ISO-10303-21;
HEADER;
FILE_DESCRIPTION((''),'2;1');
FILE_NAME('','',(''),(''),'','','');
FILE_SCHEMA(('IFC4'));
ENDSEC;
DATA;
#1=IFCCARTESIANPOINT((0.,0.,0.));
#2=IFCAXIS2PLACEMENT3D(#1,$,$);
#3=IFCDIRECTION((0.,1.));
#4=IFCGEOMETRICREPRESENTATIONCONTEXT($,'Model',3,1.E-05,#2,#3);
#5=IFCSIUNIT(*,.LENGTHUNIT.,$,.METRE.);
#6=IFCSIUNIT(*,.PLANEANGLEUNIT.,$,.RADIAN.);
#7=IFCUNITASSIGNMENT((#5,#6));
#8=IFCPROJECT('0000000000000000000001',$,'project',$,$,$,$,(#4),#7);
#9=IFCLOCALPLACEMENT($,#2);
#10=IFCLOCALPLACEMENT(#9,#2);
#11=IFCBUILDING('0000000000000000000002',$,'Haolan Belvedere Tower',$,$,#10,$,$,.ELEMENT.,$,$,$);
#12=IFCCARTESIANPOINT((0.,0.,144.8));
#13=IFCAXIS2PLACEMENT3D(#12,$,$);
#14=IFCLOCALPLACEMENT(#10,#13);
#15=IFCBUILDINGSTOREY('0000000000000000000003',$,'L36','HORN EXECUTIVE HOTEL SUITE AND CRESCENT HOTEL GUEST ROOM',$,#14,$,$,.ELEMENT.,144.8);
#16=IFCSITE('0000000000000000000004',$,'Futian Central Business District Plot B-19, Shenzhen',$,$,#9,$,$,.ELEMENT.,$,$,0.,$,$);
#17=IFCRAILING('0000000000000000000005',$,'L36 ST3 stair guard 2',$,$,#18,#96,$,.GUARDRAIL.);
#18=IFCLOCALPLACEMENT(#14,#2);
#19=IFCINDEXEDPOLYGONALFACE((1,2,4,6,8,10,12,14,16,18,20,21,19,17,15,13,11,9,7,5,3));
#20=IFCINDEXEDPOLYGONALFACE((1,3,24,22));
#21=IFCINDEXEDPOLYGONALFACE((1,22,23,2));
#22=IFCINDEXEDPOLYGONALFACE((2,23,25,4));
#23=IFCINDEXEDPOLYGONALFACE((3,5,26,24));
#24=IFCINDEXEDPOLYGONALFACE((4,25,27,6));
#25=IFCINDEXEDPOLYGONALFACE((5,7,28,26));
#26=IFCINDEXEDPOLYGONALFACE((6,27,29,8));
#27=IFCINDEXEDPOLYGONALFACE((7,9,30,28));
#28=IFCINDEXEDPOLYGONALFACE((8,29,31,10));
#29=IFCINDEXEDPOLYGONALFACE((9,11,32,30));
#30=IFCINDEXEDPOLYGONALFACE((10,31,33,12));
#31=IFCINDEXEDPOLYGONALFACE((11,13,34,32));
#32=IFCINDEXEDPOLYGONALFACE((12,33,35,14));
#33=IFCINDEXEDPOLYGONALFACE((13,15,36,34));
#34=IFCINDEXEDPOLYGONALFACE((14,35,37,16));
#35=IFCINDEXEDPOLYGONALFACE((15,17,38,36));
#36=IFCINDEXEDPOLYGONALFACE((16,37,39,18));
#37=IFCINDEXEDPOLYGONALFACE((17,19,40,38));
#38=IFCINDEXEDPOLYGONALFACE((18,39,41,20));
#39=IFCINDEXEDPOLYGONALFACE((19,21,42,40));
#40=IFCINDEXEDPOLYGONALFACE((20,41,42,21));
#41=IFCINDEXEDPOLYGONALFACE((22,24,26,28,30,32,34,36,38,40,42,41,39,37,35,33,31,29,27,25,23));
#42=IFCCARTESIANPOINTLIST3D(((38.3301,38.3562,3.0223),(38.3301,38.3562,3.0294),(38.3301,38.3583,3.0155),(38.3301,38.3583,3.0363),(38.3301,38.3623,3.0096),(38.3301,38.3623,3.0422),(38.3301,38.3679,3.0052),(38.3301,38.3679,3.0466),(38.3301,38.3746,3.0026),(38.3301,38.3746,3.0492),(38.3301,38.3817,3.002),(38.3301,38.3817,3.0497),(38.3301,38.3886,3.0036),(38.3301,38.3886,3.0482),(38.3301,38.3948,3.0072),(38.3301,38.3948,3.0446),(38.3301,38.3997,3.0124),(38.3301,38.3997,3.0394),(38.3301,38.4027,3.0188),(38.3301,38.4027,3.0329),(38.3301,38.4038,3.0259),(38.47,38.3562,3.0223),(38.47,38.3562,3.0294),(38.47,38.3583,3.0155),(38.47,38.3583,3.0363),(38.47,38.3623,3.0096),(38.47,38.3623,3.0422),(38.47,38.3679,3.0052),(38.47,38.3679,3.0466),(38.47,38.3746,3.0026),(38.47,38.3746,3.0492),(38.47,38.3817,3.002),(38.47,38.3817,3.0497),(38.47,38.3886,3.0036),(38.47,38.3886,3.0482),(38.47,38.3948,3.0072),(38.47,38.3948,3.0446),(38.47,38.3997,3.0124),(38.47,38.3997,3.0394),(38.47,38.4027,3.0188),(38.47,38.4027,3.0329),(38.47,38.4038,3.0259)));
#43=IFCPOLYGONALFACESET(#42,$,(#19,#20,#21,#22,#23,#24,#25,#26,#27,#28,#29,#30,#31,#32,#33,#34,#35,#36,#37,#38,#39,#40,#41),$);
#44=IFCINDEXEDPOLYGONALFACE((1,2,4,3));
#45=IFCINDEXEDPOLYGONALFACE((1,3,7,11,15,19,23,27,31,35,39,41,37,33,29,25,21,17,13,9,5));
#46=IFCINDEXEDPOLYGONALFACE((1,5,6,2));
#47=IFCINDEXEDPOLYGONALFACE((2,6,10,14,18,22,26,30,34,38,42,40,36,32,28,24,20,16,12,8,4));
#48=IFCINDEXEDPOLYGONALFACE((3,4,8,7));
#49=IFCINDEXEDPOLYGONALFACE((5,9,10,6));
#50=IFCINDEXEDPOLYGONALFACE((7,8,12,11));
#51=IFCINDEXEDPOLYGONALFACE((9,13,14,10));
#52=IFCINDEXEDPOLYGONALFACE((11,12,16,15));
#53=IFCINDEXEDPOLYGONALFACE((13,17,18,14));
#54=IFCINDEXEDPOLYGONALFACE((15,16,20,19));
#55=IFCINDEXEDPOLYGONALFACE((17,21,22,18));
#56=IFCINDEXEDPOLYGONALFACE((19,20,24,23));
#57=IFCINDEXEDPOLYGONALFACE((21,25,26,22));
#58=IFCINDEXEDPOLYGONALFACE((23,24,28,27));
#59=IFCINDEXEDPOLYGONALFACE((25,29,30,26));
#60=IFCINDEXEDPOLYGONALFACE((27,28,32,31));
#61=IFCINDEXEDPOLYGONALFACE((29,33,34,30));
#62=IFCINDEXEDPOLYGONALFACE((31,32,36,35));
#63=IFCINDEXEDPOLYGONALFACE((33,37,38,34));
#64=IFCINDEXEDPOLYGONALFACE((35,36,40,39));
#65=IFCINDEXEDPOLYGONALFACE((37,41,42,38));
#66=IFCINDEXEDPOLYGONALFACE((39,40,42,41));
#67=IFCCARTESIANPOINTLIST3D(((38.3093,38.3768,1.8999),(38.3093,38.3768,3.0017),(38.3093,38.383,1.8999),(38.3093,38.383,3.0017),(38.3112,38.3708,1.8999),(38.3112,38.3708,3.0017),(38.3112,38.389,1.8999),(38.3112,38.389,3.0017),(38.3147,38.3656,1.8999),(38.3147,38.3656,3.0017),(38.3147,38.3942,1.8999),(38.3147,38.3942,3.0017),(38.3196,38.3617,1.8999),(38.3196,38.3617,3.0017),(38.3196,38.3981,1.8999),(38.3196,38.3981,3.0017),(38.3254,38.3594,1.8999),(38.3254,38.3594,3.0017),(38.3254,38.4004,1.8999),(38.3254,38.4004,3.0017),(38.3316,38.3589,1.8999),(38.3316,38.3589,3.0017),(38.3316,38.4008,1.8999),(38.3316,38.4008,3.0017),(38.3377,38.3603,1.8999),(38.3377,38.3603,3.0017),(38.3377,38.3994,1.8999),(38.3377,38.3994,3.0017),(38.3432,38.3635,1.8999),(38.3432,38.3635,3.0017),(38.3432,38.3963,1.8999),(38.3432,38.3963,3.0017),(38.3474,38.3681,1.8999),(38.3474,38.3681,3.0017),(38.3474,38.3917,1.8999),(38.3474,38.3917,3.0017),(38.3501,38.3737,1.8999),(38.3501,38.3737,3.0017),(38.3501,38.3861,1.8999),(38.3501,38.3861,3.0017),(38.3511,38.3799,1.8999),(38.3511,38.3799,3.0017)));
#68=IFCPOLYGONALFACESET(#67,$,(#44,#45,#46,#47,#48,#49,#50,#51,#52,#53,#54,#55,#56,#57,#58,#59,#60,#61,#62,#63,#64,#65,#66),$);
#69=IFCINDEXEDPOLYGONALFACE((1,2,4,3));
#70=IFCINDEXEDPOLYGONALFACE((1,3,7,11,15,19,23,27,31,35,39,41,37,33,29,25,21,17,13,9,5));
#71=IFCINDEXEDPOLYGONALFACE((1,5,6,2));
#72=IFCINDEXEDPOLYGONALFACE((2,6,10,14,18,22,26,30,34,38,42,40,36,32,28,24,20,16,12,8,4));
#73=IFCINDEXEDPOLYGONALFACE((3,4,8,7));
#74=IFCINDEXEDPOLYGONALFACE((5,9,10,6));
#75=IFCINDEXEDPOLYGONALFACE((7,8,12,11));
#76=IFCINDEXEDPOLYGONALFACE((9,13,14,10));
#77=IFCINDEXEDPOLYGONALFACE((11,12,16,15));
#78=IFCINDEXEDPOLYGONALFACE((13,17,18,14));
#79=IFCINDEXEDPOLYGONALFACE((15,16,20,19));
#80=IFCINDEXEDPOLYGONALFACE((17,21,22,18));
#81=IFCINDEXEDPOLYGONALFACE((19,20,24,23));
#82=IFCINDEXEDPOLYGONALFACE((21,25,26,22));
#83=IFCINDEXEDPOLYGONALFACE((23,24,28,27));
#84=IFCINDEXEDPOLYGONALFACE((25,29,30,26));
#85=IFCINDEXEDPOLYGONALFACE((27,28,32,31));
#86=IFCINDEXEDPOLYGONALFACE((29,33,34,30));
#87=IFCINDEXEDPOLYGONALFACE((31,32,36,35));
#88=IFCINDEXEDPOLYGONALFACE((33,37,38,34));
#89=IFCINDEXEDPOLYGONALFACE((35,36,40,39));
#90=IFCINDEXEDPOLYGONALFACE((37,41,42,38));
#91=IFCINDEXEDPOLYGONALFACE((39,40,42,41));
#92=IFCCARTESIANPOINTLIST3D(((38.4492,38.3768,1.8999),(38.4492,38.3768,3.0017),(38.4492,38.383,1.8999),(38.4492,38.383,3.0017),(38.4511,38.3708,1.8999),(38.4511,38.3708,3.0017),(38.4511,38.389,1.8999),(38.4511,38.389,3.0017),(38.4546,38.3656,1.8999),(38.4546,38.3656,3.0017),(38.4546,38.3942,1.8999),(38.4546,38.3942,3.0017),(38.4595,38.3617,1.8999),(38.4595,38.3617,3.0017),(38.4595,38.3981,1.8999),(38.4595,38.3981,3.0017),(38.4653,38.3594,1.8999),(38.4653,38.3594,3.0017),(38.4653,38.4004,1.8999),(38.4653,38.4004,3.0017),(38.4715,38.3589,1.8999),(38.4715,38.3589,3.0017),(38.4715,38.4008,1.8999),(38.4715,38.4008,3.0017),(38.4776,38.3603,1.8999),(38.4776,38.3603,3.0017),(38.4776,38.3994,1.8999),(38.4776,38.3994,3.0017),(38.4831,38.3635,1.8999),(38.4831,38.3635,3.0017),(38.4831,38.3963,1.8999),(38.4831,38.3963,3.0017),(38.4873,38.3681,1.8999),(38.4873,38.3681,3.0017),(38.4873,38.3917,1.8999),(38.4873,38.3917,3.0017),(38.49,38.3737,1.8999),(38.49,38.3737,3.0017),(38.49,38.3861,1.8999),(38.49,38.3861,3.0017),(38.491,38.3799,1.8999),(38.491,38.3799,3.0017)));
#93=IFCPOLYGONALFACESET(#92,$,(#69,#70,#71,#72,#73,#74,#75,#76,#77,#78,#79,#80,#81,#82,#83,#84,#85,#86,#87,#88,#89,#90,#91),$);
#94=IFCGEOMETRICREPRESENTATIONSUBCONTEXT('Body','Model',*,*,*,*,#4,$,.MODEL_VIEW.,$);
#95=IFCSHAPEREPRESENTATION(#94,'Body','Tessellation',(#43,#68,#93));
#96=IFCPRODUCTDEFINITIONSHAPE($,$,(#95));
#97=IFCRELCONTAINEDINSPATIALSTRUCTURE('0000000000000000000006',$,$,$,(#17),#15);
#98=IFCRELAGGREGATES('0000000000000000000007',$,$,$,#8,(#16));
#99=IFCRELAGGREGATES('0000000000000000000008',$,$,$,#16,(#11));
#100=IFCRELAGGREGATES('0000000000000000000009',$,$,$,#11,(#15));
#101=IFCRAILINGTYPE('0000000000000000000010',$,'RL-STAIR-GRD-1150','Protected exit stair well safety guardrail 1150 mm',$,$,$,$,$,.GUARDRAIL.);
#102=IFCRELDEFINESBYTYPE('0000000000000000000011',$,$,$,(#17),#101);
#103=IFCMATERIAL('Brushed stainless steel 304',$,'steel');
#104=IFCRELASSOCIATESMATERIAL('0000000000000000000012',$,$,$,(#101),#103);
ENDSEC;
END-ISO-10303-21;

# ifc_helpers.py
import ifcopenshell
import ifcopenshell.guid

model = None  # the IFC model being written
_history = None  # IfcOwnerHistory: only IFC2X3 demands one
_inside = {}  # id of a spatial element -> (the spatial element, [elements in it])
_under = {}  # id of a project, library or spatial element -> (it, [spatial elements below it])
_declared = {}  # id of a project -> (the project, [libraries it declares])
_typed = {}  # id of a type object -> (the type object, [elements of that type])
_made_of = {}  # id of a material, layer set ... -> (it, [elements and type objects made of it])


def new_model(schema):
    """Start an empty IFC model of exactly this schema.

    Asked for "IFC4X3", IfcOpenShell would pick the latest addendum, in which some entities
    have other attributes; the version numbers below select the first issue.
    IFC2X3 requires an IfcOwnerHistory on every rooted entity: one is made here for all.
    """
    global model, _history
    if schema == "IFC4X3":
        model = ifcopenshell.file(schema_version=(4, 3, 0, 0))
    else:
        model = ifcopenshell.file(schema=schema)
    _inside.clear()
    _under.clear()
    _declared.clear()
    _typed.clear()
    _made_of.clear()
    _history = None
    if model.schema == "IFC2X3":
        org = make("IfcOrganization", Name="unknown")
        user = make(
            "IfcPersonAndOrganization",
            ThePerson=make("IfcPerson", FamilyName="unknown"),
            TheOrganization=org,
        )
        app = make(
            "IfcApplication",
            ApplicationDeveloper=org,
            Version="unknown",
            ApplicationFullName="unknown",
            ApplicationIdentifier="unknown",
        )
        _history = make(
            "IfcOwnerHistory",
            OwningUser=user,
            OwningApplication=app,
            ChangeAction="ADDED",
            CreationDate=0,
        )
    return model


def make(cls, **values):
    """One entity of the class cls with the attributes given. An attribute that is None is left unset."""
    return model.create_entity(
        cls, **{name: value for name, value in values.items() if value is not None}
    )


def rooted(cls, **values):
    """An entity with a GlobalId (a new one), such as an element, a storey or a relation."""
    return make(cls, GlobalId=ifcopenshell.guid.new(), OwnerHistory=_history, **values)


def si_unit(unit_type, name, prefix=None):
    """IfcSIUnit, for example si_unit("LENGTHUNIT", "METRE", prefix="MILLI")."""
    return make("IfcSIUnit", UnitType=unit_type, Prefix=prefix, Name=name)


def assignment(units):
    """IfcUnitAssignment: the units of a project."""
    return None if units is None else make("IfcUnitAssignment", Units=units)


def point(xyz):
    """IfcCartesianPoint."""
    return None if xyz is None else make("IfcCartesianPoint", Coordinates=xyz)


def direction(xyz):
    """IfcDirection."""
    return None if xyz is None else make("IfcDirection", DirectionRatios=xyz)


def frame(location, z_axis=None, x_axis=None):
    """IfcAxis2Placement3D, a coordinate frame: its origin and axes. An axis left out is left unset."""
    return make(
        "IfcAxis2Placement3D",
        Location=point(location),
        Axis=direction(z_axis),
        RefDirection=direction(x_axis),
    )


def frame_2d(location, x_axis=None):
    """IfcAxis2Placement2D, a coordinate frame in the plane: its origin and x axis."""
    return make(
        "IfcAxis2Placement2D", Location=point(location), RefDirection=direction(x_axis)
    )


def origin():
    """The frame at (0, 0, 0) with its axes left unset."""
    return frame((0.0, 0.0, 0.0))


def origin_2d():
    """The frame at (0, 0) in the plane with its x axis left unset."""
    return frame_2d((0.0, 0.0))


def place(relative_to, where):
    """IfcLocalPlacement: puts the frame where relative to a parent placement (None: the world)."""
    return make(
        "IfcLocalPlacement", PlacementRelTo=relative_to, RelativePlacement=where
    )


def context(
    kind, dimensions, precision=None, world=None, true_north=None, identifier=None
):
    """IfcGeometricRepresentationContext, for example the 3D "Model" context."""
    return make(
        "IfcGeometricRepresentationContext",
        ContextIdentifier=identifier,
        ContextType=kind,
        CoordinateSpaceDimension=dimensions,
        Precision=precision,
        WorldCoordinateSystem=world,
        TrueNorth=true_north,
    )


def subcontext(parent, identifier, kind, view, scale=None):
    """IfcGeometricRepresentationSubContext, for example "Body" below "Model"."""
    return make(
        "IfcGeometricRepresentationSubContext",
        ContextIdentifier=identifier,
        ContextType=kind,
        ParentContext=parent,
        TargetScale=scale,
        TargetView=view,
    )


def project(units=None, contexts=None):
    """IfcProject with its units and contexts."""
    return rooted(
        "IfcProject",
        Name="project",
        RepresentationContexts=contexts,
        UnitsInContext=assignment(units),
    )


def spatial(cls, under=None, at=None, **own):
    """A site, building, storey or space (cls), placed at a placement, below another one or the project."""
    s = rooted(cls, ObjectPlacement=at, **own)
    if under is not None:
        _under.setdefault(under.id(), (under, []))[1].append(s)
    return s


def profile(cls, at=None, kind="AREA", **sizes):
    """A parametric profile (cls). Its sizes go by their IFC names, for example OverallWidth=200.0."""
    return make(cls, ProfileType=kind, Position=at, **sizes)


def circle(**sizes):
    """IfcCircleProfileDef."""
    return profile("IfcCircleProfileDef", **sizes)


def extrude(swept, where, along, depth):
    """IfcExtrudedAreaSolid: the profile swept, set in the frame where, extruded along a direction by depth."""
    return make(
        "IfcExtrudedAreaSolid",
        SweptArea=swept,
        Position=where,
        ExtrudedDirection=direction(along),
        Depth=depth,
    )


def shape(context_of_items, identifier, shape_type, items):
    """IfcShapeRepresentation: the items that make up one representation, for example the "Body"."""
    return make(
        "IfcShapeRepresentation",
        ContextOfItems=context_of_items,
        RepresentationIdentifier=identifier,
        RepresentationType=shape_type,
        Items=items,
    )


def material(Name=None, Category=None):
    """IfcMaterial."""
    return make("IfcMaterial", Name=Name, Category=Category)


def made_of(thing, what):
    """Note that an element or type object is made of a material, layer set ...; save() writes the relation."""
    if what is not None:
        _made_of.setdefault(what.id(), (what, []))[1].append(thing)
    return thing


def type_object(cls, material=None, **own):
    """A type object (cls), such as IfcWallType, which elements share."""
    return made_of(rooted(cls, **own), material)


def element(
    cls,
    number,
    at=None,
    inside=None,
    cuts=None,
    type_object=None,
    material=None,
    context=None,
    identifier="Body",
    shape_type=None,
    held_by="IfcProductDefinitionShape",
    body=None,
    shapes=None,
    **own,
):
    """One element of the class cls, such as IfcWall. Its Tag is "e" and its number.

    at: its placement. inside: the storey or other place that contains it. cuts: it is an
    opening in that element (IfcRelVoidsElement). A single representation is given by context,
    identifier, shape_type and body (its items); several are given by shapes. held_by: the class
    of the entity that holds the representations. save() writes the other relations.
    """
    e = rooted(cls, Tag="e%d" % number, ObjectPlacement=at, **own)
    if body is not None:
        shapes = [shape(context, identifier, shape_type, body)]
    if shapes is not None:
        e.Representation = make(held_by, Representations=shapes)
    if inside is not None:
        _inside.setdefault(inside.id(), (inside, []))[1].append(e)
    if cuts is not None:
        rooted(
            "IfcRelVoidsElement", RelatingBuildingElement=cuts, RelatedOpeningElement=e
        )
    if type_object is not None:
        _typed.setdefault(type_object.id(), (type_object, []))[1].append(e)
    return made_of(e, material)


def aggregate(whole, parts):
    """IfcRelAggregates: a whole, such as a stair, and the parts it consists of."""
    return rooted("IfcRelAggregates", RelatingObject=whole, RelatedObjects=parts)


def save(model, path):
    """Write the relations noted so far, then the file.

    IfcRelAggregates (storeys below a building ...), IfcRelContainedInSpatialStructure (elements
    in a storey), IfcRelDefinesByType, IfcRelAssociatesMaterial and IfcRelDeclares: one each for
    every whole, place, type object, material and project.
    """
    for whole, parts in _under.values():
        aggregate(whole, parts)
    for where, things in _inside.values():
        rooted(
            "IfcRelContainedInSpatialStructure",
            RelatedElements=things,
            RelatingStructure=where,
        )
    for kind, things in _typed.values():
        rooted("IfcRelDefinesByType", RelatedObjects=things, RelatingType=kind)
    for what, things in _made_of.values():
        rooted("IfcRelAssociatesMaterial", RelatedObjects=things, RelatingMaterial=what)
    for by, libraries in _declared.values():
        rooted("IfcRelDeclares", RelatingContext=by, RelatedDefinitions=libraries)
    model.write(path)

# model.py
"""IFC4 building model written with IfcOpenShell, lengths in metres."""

from ifc_helpers import new_model, si_unit, direction, frame, origin, origin_2d, place, context, subcontext, project, spatial, circle, extrude, material, type_object, element, save


model = new_model("IFC4")

# Units and contexts
model_context = context("Model", 3, precision=1e-05, world=origin(), true_north=direction((0.0, 1.0)))
body_context = subcontext(model_context, "Body", "Model", "MODEL_VIEW")
ifc_project = project(units=[si_unit("LENGTHUNIT", "METRE"), si_unit("PLANEANGLEUNIT", "RADIAN")], contexts=[model_context])

# Site, building, storey
site_placement = place(None, origin())
site = spatial("IfcSite", under=ifc_project, at=site_placement, Name="Futian Central Business District Plot B-19, Shenzhen", CompositionType="ELEMENT", RefElevation=0.0)
building_placement = place(site_placement, origin())
building = spatial("IfcBuilding", under=site, at=building_placement, Name="Haolan Belvedere Tower", CompositionType="ELEMENT")
storey_placement = place(building_placement, frame((0.0, 0.0, 144.8)))
storey = spatial("IfcBuildingStorey", under=building, at=storey_placement, Name="L36", Description="HORN EXECUTIVE HOTEL SUITE AND CRESCENT HOTEL GUEST ROOM", CompositionType="ELEMENT", Elevation=144.8)

# Railing
ifc_material_1 = material(Name="Brushed stainless steel 304", Category="steel")
railing_type_1 = type_object("IfcRailingType", Name="RL-STAIR-GRD-1150", Description="Protected exit stair well safety guardrail 1150 mm", PredefinedType="GUARDRAIL", material=ifc_material_1)
railing_1_placement = place(storey_placement, frame((38.3301, 38.3799, 1.8999)))
element("IfcRailing", 1, at=railing_1_placement, inside=storey, type_object=railing_type_1, Name="L36 ST3 stair guard 2", PredefinedType="GUARDRAIL", context=body_context, shape_type="SweptSolid", body=[
    extrude(circle(Radius=0.0239, at=origin_2d()), frame((0.0, 0.0, 1.126), z_axis=(1.0, 0.0, 0.0), x_axis=(0.0, 1.0, 0.0)), (0.0, 0.0, 1.0), 0.1399),
    extrude(circle(Radius=0.021, at=origin_2d()), origin(), (0.0, 0.0, 1.0), 1.1018),
    extrude(circle(Radius=0.021, at=origin_2d()), frame((0.1399, 0.0, 0.0)), (0.0, 0.0, 1.0), 1.1018),
])

save(model, "model.ifc")
